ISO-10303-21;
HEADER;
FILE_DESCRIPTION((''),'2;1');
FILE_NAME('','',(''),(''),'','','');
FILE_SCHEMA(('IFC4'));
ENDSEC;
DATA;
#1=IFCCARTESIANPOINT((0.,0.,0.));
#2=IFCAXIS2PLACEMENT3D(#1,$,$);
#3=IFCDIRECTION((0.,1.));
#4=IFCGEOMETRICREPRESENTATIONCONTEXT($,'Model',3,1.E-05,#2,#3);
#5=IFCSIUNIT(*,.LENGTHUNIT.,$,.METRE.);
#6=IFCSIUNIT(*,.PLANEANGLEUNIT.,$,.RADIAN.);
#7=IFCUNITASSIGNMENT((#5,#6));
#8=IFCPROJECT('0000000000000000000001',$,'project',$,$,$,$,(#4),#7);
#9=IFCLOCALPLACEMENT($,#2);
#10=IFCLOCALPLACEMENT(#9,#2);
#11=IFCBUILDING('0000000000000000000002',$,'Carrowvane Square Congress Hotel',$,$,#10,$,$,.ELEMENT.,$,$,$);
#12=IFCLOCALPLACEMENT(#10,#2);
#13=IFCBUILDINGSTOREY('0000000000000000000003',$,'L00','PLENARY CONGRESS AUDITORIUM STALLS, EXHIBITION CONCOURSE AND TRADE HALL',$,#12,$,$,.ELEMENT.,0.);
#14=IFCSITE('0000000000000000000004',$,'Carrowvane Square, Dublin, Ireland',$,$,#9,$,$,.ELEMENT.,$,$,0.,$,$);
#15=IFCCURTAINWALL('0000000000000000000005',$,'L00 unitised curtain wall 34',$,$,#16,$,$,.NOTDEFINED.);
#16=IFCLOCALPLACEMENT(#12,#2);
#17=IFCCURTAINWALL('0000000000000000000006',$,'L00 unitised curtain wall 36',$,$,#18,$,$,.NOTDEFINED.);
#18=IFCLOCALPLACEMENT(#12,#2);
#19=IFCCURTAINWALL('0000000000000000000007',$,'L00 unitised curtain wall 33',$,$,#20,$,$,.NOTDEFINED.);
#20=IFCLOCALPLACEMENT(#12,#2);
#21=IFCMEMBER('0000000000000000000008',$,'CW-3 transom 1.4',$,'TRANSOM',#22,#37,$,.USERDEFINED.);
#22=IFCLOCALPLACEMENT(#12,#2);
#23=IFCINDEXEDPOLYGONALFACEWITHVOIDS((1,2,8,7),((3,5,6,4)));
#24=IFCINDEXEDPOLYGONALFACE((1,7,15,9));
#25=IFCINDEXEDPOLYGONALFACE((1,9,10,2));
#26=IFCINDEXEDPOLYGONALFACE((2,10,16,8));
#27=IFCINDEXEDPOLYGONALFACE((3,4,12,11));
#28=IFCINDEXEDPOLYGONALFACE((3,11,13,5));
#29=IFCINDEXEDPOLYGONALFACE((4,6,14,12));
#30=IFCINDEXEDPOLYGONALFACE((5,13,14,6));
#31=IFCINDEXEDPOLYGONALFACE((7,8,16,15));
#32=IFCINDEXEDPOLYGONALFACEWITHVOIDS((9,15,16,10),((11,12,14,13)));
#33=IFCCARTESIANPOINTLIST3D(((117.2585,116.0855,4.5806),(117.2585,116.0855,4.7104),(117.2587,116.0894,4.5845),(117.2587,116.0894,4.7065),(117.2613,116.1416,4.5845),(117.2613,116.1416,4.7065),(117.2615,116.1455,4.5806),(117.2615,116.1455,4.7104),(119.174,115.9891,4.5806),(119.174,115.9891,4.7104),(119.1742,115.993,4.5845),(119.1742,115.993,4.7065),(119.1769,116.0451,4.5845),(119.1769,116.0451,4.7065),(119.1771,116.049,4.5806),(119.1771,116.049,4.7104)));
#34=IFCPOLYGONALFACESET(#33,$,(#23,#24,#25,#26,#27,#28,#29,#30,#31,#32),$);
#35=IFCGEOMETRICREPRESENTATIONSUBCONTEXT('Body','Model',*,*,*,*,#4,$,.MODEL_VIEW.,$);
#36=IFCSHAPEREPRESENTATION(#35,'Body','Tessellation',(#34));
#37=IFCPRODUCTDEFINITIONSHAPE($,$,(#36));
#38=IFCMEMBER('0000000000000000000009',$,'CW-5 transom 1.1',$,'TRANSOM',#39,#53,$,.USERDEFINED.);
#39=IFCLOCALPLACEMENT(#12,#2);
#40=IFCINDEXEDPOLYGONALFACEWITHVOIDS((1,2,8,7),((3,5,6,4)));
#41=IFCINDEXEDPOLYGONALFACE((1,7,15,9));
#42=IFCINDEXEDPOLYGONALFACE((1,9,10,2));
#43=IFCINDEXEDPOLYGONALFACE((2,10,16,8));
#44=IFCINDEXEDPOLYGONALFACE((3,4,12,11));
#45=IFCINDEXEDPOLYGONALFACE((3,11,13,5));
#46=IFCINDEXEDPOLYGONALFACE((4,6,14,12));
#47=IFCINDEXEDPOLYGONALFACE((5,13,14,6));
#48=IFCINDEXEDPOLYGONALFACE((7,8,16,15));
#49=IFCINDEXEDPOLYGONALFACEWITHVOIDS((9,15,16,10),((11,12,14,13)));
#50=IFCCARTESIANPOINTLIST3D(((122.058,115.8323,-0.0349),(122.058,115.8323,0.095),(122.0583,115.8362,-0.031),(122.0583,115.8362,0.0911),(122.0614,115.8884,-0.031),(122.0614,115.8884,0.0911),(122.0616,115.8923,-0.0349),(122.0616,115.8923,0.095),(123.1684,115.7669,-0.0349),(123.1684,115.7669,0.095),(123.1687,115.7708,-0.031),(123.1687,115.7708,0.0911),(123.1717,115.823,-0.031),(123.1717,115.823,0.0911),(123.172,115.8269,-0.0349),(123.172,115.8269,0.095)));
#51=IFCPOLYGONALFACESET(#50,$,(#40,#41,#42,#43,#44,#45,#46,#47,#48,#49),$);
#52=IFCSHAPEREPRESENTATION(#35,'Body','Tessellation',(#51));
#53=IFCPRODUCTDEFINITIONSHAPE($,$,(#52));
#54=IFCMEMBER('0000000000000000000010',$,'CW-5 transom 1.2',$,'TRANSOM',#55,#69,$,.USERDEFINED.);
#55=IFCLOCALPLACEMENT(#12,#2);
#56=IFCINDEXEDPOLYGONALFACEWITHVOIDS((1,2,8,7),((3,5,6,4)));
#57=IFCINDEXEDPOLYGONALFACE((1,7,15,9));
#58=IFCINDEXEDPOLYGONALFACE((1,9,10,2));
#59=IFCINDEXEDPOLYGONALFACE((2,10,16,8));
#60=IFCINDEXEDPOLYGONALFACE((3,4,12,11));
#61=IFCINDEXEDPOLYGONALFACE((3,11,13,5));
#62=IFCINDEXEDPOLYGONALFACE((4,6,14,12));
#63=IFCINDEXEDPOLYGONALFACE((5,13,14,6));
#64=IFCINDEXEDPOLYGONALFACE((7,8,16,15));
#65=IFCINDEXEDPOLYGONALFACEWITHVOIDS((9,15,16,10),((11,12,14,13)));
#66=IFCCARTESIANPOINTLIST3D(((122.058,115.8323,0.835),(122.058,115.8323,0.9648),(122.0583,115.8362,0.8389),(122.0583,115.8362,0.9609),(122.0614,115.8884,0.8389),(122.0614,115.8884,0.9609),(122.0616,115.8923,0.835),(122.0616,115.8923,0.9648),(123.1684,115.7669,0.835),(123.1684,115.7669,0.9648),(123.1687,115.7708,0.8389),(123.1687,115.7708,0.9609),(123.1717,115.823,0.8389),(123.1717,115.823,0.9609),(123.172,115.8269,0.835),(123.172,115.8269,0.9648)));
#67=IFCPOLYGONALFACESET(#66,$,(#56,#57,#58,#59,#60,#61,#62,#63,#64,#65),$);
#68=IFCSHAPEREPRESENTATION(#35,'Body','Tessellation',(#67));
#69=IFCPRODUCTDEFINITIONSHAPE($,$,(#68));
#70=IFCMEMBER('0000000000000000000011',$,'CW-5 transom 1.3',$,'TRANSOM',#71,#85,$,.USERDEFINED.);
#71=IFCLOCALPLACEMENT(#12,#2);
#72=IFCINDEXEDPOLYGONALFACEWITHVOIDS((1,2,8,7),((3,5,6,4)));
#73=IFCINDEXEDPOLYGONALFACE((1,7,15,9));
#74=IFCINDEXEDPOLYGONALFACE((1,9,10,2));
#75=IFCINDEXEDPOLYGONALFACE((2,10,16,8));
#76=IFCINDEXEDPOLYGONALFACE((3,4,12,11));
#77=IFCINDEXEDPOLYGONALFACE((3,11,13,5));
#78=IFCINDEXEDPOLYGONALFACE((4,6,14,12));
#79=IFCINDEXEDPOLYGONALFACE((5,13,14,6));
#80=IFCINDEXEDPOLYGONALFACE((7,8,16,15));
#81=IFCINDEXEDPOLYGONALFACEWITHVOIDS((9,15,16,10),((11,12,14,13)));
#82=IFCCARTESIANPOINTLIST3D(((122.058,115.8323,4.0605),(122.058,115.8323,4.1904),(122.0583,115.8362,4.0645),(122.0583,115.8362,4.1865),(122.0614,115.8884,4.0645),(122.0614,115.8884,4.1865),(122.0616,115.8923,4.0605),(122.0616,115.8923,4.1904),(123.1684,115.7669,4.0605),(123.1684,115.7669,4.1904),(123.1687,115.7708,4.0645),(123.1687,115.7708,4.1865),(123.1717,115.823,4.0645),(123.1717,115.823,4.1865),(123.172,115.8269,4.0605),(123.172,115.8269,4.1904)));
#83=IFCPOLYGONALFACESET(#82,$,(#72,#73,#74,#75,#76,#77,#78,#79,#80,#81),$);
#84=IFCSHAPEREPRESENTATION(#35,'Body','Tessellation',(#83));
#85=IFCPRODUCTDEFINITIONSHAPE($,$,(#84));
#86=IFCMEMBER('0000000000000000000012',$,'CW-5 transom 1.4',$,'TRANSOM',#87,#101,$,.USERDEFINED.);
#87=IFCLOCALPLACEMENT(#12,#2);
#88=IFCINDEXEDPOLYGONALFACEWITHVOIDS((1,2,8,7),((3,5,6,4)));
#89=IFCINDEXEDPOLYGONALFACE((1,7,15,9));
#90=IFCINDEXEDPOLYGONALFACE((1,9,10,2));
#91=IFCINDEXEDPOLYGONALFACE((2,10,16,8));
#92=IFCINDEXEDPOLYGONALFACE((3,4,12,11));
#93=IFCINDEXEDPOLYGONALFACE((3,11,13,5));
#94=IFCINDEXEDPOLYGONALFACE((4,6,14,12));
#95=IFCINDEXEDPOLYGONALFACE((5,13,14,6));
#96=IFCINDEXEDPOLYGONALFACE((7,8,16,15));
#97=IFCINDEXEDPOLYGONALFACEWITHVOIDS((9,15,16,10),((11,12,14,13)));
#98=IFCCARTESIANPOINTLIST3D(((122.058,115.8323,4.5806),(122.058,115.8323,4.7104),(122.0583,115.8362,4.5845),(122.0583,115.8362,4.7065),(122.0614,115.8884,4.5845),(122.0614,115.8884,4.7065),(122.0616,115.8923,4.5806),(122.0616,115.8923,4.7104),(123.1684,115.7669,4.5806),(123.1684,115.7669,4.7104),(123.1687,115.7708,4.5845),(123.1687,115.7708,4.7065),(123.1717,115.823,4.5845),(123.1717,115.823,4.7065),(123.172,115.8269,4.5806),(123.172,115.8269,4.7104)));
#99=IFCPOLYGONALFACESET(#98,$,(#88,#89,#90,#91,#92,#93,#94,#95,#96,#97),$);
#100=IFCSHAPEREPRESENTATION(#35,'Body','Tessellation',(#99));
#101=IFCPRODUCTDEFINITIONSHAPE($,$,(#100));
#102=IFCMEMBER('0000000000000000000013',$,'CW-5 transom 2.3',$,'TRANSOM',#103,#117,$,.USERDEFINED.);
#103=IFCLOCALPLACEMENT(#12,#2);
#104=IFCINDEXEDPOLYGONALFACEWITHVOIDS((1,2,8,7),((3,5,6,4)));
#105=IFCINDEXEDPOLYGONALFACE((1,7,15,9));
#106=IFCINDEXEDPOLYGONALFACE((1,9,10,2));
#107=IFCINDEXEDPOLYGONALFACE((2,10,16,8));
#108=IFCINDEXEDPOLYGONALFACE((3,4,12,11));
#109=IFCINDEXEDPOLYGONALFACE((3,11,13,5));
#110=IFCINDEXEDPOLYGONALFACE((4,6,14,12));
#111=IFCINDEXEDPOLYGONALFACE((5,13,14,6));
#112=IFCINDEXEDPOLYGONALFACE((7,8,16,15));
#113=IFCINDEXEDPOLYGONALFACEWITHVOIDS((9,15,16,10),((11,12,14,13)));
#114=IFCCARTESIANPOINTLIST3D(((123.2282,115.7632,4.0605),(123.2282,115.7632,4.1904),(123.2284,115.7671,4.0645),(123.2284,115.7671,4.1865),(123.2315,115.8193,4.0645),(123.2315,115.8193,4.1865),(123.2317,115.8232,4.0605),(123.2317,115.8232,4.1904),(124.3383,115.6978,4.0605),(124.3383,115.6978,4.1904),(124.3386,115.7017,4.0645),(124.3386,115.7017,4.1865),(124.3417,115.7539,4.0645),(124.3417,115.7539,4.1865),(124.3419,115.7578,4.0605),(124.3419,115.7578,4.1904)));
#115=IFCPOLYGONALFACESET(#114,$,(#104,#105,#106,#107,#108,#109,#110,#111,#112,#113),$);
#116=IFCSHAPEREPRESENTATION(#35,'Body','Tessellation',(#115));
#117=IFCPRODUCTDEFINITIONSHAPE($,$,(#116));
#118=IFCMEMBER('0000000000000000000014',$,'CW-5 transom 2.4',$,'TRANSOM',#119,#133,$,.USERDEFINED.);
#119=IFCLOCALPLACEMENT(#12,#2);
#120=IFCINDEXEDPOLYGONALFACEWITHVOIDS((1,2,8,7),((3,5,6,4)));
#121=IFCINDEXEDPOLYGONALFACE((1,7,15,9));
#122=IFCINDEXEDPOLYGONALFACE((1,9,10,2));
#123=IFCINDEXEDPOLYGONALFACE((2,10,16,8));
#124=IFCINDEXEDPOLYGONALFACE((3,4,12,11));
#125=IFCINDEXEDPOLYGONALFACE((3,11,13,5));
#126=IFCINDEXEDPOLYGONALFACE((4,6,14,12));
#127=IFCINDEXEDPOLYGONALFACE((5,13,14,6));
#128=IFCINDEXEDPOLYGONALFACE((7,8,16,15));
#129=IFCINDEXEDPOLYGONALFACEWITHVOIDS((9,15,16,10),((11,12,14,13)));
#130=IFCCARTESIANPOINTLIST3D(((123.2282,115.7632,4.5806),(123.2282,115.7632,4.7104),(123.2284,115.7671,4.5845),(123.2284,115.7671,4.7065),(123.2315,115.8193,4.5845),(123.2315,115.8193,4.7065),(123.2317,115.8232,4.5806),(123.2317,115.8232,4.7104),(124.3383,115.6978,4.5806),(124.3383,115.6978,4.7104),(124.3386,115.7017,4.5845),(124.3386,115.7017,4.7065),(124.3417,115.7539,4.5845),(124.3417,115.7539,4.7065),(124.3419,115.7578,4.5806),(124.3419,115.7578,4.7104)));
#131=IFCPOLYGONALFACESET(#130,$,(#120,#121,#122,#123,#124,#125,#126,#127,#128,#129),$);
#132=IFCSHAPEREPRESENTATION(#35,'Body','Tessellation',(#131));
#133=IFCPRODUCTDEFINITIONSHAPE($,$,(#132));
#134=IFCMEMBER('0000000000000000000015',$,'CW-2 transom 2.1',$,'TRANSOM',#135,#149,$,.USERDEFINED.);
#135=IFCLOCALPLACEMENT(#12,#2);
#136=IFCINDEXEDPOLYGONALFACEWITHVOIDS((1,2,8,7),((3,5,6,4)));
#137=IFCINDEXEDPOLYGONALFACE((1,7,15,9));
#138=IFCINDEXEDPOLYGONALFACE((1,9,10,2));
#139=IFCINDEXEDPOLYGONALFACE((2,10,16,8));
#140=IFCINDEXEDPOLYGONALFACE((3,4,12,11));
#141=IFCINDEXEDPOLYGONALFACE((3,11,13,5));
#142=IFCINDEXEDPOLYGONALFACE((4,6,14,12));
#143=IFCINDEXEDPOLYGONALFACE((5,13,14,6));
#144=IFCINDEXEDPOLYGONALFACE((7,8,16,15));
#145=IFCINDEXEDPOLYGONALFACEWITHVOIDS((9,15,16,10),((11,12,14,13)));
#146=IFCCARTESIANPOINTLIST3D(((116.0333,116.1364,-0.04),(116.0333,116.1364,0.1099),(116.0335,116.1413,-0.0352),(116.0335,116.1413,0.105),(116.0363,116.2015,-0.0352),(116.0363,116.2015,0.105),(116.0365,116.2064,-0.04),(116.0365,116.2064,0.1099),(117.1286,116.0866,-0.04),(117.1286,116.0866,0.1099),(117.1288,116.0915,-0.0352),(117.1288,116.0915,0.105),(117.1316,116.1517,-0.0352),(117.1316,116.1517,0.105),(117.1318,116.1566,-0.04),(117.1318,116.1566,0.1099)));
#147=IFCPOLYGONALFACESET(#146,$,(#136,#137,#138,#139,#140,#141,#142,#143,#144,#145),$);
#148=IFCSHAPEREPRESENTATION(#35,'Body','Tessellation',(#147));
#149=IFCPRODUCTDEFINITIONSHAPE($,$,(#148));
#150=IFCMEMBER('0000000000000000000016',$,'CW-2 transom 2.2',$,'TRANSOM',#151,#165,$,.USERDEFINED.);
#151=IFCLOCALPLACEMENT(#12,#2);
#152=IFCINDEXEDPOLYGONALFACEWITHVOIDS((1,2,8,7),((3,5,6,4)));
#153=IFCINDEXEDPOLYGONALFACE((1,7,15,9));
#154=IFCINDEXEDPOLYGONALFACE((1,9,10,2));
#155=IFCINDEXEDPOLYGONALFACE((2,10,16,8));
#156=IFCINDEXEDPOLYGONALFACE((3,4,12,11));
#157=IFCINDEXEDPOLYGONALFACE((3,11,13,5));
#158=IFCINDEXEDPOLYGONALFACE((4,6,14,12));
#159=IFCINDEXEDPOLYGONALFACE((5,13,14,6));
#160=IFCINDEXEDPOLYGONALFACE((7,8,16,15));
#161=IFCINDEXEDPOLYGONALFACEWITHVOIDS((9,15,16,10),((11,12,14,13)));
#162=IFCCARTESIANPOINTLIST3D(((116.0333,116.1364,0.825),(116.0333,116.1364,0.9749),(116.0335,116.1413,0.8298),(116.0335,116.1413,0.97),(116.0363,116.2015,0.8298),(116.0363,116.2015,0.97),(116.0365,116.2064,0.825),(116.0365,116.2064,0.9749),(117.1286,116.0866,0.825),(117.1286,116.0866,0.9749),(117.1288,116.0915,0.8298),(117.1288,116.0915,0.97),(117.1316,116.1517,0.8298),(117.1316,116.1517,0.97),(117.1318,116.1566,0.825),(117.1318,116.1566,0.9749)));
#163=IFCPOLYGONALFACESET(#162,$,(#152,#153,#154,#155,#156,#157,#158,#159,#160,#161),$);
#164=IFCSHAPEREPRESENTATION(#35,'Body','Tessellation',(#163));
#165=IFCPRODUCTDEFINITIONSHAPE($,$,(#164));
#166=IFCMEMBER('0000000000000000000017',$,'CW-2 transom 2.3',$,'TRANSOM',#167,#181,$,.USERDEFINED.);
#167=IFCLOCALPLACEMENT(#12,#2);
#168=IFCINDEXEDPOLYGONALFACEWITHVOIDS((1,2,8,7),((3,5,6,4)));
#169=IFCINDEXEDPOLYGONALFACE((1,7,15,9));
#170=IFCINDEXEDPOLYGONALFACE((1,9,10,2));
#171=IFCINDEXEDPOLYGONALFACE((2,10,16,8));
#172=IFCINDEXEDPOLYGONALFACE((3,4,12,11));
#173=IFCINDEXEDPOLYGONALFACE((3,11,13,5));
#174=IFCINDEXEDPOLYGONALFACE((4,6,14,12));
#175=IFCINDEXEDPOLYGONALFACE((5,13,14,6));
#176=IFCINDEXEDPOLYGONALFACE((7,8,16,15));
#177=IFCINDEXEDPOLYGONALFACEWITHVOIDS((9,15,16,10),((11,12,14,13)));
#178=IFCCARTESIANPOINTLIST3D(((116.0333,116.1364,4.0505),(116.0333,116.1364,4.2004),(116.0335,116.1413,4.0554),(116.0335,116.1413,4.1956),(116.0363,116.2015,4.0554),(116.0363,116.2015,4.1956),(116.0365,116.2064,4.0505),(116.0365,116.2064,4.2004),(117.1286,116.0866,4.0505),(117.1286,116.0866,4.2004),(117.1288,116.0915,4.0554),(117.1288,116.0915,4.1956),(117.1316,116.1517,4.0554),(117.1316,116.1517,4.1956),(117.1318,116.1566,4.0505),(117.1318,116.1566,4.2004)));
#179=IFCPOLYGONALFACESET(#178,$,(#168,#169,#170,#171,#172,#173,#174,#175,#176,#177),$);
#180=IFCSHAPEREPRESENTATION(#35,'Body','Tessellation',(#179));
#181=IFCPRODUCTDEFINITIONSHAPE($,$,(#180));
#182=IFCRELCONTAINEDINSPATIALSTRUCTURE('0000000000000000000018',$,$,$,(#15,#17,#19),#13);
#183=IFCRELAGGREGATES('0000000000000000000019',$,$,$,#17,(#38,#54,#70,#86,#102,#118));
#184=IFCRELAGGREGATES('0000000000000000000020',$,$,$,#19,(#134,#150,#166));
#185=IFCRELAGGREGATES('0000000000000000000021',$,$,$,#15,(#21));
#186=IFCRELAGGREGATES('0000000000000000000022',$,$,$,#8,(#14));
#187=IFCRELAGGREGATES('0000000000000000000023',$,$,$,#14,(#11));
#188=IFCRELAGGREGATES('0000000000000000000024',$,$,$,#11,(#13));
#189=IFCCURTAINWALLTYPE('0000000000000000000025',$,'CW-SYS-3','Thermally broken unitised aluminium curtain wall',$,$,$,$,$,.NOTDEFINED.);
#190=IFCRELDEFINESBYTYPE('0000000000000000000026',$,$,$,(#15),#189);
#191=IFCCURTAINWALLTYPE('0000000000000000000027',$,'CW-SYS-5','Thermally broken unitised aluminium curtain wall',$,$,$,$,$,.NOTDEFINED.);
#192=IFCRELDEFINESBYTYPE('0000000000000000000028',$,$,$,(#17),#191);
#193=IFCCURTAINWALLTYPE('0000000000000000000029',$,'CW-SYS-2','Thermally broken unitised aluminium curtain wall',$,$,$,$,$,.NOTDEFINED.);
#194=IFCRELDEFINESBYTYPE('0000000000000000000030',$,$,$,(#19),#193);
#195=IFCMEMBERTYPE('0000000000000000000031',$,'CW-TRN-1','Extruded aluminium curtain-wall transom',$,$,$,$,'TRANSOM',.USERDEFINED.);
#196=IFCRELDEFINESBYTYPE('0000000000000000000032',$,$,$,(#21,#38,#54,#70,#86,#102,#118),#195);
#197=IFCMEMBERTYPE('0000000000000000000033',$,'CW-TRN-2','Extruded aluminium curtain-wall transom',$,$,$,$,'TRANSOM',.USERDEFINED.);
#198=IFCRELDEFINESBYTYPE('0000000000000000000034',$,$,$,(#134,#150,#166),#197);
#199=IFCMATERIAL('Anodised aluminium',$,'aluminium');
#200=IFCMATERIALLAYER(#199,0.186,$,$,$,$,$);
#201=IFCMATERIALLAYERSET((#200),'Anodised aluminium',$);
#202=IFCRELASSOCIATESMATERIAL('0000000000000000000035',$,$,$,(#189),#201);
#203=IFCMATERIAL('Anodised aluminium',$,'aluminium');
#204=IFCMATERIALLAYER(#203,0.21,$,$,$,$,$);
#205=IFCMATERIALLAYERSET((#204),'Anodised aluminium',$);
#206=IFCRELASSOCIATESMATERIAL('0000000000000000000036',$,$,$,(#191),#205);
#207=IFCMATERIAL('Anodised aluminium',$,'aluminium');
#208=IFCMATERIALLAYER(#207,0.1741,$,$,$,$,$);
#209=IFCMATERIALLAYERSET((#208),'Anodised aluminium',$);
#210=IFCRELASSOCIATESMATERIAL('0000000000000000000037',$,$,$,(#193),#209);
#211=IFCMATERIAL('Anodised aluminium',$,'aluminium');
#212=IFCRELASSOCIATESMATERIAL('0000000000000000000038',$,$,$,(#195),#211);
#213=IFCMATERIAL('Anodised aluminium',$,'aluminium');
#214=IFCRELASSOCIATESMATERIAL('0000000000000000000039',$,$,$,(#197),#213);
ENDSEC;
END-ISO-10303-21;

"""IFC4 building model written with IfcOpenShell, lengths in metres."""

from ifc_helpers import new_model, si_unit, direction, frame, origin, origin_2d, place, context, subcontext, project, spatial, hollow_rectangle, extrude, material, layer, layer_set, material_profile, profile_set, type_object, element, aggregate, save


model = new_model("IFC4")

# Units and contexts
model_context = context("Model", 3, precision=1e-05, world=origin(), true_north=direction((0.0, 1.0)))
body_context = subcontext(model_context, "Body", "Model", "MODEL_VIEW")
ifc_project = project(units=[si_unit("LENGTHUNIT", "METRE"), si_unit("PLANEANGLEUNIT", "RADIAN")], contexts=[model_context])

# Site, building, storey
site_placement = place(None, origin())
site = spatial("IfcSite", under=ifc_project, at=site_placement, Name="Carrowvane Square, Dublin, Ireland", CompositionType="ELEMENT", RefElevation=0.0)
building_placement = place(site_placement, origin())
building = spatial("IfcBuilding", under=site, at=building_placement, Name="Carrowvane Square Congress Hotel", CompositionType="ELEMENT")
storey_placement = place(building_placement, origin())
storey = spatial("IfcBuildingStorey", under=building, at=storey_placement, Name="L00", Description="PLENARY CONGRESS AUDITORIUM STALLS, EXHIBITION CONCOURSE AND TRADE HALL", CompositionType="ELEMENT", Elevation=0.0)

# Curtain walls
ifc_material_1 = material(Name="Anodised aluminium", Category="aluminium")
ifc_layer_1 = layer(ifc_material_1, 0.186)
ifc_layer_set_1 = layer_set([ifc_layer_1], Name="Anodised aluminium")
curtain_wall_type_1 = type_object("IfcCurtainWallType", Name="CW-SYS-3", Description="Thermally broken unitised aluminium curtain wall", PredefinedType="NOTDEFINED", material=ifc_layer_set_1)
curtain_wall_1_placement = place(storey_placement, origin())
curtain_wall_1 = element("IfcCurtainWall", 1, at=curtain_wall_1_placement, inside=storey, type_object=curtain_wall_type_1, Name="L00 unitised curtain wall 34", PredefinedType="NOTDEFINED")
ifc_material_2 = material(Name="Anodised aluminium", Category="aluminium")
ifc_layer_2 = layer(ifc_material_2, 0.21)
ifc_layer_set_2 = layer_set([ifc_layer_2], Name="Anodised aluminium")
curtain_wall_type_2 = type_object("IfcCurtainWallType", Name="CW-SYS-5", Description="Thermally broken unitised aluminium curtain wall", PredefinedType="NOTDEFINED", material=ifc_layer_set_2)
curtain_wall_2_placement = place(storey_placement, origin())
curtain_wall_2 = element("IfcCurtainWall", 2, at=curtain_wall_2_placement, inside=storey, type_object=curtain_wall_type_2, Name="L00 unitised curtain wall 36", PredefinedType="NOTDEFINED")

# Curtain wall
ifc_material_3 = material(Name="Anodised aluminium", Category="aluminium")
ifc_layer_3 = layer(ifc_material_3, 0.1741)
ifc_layer_set_3 = layer_set([ifc_layer_3], Name="Anodised aluminium")
curtain_wall_type_3 = type_object("IfcCurtainWallType", Name="CW-SYS-2", Description="Thermally broken unitised aluminium curtain wall", PredefinedType="NOTDEFINED", material=ifc_layer_set_3)
curtain_wall_3_placement = place(storey_placement, origin())
curtain_wall_3 = element("IfcCurtainWall", 3, at=curtain_wall_3_placement, inside=storey, type_object=curtain_wall_type_3, Name="L00 unitised curtain wall 33", PredefinedType="NOTDEFINED")

# Members
ifc_material_4 = material(Name="Anodised aluminium", Category="aluminium")
ifc_material_profile_1 = material_profile(ifc_material_4, hollow_rectangle(XDim=0.0601, YDim=0.1299, WallThickness=0.0039, at=origin_2d()), Name="CW-TR 60x130x4")
ifc_profile_set_1 = profile_set([ifc_material_profile_1], Name="Anodised aluminium")
member_type_1 = type_object("IfcMemberType", Name="CW-TRN-1", Description="Extruded aluminium curtain-wall transom", ElementType="TRANSOM", PredefinedType="USERDEFINED", material=ifc_profile_set_1)
member_1_placement = place(storey_placement, frame((117.26, 116.1155, 4.6455), z_axis=(0.998735, -0.05028, 0.0), x_axis=(0.05028, 0.998735, 0.0)))
member_1 = element("IfcMember", 4, at=member_1_placement, type_object=member_type_1, Name="CW-3 transom 1.4", ObjectType="TRANSOM", PredefinedType="USERDEFINED", context=body_context, shape_type="SweptSolid", body=[
    extrude(hollow_rectangle(XDim=0.0601, YDim=0.1299, WallThickness=0.0039, at=origin_2d()), origin(), (0.0, 0.0, 1.0), 1.918),
])
member_2_placement = place(storey_placement, frame((122.0598, 115.8623, 0.03), z_axis=(0.998268, -0.058825, 0.0), x_axis=(0.058825, 0.998268, 0.0)))
member_2 = element("IfcMember", 5, at=member_2_placement, type_object=member_type_1, Name="CW-5 transom 1.1", ObjectType="TRANSOM", PredefinedType="USERDEFINED", context=body_context, shape_type="SweptSolid", body=[
    extrude(hollow_rectangle(XDim=0.0601, YDim=0.1299, WallThickness=0.0039, at=origin_2d()), origin(), (0.0, 0.0, 1.0), 1.1123),
])
member_3_placement = place(storey_placement, frame((122.0598, 115.8623, 0.8999), z_axis=(0.998268, -0.058825, 0.0), x_axis=(0.058825, 0.998268, 0.0)))
member_3 = element("IfcMember", 6, at=member_3_placement, type_object=member_type_1, Name="CW-5 transom 1.2", ObjectType="TRANSOM", PredefinedType="USERDEFINED", context=body_context, shape_type="SweptSolid", body=[
    extrude(hollow_rectangle(XDim=0.0601, YDim=0.1299, WallThickness=0.0039, at=origin_2d()), origin(), (0.0, 0.0, 1.0), 1.1123),
])
member_4_placement = place(storey_placement, frame((122.0598, 115.8623, 4.1255), z_axis=(0.998268, -0.058825, 0.0), x_axis=(0.058825, 0.998268, 0.0)))
member_4 = element("IfcMember", 7, at=member_4_placement, type_object=member_type_1, Name="CW-5 transom 1.3", ObjectType="TRANSOM", PredefinedType="USERDEFINED", context=body_context, shape_type="SweptSolid", body=[
    extrude(hollow_rectangle(XDim=0.0601, YDim=0.1299, WallThickness=0.0039, at=origin_2d()), origin(), (0.0, 0.0, 1.0), 1.1123),
])
member_5_placement = place(storey_placement, frame((122.0598, 115.8623, 4.6455), z_axis=(0.998268, -0.058825, 0.0), x_axis=(0.058825, 0.998268, 0.0)))
member_5 = element("IfcMember", 8, at=member_5_placement, type_object=member_type_1, Name="CW-5 transom 1.4", ObjectType="TRANSOM", PredefinedType="USERDEFINED", context=body_context, shape_type="SweptSolid", body=[
    extrude(hollow_rectangle(XDim=0.0601, YDim=0.1299, WallThickness=0.0039, at=origin_2d()), origin(), (0.0, 0.0, 1.0), 1.1123),
])
member_6_placement = place(storey_placement, frame((123.23, 115.7932, 4.1255), z_axis=(0.998268, -0.058838, 0.0), x_axis=(0.058838, 0.998268, 0.0)))
member_6 = element("IfcMember", 9, at=member_6_placement, type_object=member_type_1, Name="CW-5 transom 2.3", ObjectType="TRANSOM", PredefinedType="USERDEFINED", context=body_context, shape_type="SweptSolid", body=[
    extrude(hollow_rectangle(XDim=0.0601, YDim=0.1299, WallThickness=0.0039, at=origin_2d()), origin(), (0.0, 0.0, 1.0), 1.1121),
])
member_7_placement = place(storey_placement, frame((123.23, 115.7932, 4.6455), z_axis=(0.998268, -0.058838, 0.0), x_axis=(0.058838, 0.998268, 0.0)))
member_7 = element("IfcMember", 10, at=member_7_placement, type_object=member_type_1, Name="CW-5 transom 2.4", ObjectType="TRANSOM", PredefinedType="USERDEFINED", context=body_context, shape_type="SweptSolid", body=[
    extrude(hollow_rectangle(XDim=0.0601, YDim=0.1299, WallThickness=0.0039, at=origin_2d()), origin(), (0.0, 0.0, 1.0), 1.1121),
])
ifc_material_5 = material(Name="Anodised aluminium", Category="aluminium")
ifc_material_profile_2 = material_profile(ifc_material_5, hollow_rectangle(XDim=0.0701, YDim=0.1499, WallThickness=0.0049, at=origin_2d()), Name="CW-TR 70x150x5")
ifc_profile_set_2 = profile_set([ifc_material_profile_2], Name="Anodised aluminium")
member_type_2 = type_object("IfcMemberType", Name="CW-TRN-2", Description="Extruded aluminium curtain-wall transom", ElementType="TRANSOM", PredefinedType="USERDEFINED", material=ifc_profile_set_2)
member_8_placement = place(storey_placement, frame((116.0349, 116.1714, 0.0349), z_axis=(0.998968, -0.045428, 0.0), x_axis=(0.045428, 0.998968, 0.0)))
member_8 = element("IfcMember", 11, at=member_8_placement, type_object=member_type_2, Name="CW-2 transom 2.1", ObjectType="TRANSOM", PredefinedType="USERDEFINED", context=body_context, shape_type="SweptSolid", body=[
    extrude(hollow_rectangle(XDim=0.0701, YDim=0.1499, WallThickness=0.0049, at=origin_2d()), origin(), (0.0, 0.0, 1.0), 1.0964),
])
member_9_placement = place(storey_placement, frame((116.0349, 116.1714, 0.8999), z_axis=(0.998968, -0.045428, 0.0), x_axis=(0.045428, 0.998968, 0.0)))
member_9 = element("IfcMember", 12, at=member_9_placement, type_object=member_type_2, Name="CW-2 transom 2.2", ObjectType="TRANSOM", PredefinedType="USERDEFINED", context=body_context, shape_type="SweptSolid", body=[
    extrude(hollow_rectangle(XDim=0.0701, YDim=0.1499, WallThickness=0.0049, at=origin_2d()), origin(), (0.0, 0.0, 1.0), 1.0964),
])
member_10_placement = place(storey_placement, frame((116.0349, 116.1714, 4.1255), z_axis=(0.998968, -0.045428, 0.0), x_axis=(0.045428, 0.998968, 0.0)))
member_10 = element("IfcMember", 13, at=member_10_placement, type_object=member_type_2, Name="CW-2 transom 2.3", ObjectType="TRANSOM", PredefinedType="USERDEFINED", context=body_context, shape_type="SweptSolid", body=[
    extrude(hollow_rectangle(XDim=0.0701, YDim=0.1499, WallThickness=0.0049, at=origin_2d()), origin(), (0.0, 0.0, 1.0), 1.0964),
])

aggregate(curtain_wall_2, [member_2, member_3, member_4, member_5, member_6, member_7])
aggregate(curtain_wall_3, [member_8, member_9, member_10])
aggregate(curtain_wall_1, [member_1])

save(model, "model.ifc")
